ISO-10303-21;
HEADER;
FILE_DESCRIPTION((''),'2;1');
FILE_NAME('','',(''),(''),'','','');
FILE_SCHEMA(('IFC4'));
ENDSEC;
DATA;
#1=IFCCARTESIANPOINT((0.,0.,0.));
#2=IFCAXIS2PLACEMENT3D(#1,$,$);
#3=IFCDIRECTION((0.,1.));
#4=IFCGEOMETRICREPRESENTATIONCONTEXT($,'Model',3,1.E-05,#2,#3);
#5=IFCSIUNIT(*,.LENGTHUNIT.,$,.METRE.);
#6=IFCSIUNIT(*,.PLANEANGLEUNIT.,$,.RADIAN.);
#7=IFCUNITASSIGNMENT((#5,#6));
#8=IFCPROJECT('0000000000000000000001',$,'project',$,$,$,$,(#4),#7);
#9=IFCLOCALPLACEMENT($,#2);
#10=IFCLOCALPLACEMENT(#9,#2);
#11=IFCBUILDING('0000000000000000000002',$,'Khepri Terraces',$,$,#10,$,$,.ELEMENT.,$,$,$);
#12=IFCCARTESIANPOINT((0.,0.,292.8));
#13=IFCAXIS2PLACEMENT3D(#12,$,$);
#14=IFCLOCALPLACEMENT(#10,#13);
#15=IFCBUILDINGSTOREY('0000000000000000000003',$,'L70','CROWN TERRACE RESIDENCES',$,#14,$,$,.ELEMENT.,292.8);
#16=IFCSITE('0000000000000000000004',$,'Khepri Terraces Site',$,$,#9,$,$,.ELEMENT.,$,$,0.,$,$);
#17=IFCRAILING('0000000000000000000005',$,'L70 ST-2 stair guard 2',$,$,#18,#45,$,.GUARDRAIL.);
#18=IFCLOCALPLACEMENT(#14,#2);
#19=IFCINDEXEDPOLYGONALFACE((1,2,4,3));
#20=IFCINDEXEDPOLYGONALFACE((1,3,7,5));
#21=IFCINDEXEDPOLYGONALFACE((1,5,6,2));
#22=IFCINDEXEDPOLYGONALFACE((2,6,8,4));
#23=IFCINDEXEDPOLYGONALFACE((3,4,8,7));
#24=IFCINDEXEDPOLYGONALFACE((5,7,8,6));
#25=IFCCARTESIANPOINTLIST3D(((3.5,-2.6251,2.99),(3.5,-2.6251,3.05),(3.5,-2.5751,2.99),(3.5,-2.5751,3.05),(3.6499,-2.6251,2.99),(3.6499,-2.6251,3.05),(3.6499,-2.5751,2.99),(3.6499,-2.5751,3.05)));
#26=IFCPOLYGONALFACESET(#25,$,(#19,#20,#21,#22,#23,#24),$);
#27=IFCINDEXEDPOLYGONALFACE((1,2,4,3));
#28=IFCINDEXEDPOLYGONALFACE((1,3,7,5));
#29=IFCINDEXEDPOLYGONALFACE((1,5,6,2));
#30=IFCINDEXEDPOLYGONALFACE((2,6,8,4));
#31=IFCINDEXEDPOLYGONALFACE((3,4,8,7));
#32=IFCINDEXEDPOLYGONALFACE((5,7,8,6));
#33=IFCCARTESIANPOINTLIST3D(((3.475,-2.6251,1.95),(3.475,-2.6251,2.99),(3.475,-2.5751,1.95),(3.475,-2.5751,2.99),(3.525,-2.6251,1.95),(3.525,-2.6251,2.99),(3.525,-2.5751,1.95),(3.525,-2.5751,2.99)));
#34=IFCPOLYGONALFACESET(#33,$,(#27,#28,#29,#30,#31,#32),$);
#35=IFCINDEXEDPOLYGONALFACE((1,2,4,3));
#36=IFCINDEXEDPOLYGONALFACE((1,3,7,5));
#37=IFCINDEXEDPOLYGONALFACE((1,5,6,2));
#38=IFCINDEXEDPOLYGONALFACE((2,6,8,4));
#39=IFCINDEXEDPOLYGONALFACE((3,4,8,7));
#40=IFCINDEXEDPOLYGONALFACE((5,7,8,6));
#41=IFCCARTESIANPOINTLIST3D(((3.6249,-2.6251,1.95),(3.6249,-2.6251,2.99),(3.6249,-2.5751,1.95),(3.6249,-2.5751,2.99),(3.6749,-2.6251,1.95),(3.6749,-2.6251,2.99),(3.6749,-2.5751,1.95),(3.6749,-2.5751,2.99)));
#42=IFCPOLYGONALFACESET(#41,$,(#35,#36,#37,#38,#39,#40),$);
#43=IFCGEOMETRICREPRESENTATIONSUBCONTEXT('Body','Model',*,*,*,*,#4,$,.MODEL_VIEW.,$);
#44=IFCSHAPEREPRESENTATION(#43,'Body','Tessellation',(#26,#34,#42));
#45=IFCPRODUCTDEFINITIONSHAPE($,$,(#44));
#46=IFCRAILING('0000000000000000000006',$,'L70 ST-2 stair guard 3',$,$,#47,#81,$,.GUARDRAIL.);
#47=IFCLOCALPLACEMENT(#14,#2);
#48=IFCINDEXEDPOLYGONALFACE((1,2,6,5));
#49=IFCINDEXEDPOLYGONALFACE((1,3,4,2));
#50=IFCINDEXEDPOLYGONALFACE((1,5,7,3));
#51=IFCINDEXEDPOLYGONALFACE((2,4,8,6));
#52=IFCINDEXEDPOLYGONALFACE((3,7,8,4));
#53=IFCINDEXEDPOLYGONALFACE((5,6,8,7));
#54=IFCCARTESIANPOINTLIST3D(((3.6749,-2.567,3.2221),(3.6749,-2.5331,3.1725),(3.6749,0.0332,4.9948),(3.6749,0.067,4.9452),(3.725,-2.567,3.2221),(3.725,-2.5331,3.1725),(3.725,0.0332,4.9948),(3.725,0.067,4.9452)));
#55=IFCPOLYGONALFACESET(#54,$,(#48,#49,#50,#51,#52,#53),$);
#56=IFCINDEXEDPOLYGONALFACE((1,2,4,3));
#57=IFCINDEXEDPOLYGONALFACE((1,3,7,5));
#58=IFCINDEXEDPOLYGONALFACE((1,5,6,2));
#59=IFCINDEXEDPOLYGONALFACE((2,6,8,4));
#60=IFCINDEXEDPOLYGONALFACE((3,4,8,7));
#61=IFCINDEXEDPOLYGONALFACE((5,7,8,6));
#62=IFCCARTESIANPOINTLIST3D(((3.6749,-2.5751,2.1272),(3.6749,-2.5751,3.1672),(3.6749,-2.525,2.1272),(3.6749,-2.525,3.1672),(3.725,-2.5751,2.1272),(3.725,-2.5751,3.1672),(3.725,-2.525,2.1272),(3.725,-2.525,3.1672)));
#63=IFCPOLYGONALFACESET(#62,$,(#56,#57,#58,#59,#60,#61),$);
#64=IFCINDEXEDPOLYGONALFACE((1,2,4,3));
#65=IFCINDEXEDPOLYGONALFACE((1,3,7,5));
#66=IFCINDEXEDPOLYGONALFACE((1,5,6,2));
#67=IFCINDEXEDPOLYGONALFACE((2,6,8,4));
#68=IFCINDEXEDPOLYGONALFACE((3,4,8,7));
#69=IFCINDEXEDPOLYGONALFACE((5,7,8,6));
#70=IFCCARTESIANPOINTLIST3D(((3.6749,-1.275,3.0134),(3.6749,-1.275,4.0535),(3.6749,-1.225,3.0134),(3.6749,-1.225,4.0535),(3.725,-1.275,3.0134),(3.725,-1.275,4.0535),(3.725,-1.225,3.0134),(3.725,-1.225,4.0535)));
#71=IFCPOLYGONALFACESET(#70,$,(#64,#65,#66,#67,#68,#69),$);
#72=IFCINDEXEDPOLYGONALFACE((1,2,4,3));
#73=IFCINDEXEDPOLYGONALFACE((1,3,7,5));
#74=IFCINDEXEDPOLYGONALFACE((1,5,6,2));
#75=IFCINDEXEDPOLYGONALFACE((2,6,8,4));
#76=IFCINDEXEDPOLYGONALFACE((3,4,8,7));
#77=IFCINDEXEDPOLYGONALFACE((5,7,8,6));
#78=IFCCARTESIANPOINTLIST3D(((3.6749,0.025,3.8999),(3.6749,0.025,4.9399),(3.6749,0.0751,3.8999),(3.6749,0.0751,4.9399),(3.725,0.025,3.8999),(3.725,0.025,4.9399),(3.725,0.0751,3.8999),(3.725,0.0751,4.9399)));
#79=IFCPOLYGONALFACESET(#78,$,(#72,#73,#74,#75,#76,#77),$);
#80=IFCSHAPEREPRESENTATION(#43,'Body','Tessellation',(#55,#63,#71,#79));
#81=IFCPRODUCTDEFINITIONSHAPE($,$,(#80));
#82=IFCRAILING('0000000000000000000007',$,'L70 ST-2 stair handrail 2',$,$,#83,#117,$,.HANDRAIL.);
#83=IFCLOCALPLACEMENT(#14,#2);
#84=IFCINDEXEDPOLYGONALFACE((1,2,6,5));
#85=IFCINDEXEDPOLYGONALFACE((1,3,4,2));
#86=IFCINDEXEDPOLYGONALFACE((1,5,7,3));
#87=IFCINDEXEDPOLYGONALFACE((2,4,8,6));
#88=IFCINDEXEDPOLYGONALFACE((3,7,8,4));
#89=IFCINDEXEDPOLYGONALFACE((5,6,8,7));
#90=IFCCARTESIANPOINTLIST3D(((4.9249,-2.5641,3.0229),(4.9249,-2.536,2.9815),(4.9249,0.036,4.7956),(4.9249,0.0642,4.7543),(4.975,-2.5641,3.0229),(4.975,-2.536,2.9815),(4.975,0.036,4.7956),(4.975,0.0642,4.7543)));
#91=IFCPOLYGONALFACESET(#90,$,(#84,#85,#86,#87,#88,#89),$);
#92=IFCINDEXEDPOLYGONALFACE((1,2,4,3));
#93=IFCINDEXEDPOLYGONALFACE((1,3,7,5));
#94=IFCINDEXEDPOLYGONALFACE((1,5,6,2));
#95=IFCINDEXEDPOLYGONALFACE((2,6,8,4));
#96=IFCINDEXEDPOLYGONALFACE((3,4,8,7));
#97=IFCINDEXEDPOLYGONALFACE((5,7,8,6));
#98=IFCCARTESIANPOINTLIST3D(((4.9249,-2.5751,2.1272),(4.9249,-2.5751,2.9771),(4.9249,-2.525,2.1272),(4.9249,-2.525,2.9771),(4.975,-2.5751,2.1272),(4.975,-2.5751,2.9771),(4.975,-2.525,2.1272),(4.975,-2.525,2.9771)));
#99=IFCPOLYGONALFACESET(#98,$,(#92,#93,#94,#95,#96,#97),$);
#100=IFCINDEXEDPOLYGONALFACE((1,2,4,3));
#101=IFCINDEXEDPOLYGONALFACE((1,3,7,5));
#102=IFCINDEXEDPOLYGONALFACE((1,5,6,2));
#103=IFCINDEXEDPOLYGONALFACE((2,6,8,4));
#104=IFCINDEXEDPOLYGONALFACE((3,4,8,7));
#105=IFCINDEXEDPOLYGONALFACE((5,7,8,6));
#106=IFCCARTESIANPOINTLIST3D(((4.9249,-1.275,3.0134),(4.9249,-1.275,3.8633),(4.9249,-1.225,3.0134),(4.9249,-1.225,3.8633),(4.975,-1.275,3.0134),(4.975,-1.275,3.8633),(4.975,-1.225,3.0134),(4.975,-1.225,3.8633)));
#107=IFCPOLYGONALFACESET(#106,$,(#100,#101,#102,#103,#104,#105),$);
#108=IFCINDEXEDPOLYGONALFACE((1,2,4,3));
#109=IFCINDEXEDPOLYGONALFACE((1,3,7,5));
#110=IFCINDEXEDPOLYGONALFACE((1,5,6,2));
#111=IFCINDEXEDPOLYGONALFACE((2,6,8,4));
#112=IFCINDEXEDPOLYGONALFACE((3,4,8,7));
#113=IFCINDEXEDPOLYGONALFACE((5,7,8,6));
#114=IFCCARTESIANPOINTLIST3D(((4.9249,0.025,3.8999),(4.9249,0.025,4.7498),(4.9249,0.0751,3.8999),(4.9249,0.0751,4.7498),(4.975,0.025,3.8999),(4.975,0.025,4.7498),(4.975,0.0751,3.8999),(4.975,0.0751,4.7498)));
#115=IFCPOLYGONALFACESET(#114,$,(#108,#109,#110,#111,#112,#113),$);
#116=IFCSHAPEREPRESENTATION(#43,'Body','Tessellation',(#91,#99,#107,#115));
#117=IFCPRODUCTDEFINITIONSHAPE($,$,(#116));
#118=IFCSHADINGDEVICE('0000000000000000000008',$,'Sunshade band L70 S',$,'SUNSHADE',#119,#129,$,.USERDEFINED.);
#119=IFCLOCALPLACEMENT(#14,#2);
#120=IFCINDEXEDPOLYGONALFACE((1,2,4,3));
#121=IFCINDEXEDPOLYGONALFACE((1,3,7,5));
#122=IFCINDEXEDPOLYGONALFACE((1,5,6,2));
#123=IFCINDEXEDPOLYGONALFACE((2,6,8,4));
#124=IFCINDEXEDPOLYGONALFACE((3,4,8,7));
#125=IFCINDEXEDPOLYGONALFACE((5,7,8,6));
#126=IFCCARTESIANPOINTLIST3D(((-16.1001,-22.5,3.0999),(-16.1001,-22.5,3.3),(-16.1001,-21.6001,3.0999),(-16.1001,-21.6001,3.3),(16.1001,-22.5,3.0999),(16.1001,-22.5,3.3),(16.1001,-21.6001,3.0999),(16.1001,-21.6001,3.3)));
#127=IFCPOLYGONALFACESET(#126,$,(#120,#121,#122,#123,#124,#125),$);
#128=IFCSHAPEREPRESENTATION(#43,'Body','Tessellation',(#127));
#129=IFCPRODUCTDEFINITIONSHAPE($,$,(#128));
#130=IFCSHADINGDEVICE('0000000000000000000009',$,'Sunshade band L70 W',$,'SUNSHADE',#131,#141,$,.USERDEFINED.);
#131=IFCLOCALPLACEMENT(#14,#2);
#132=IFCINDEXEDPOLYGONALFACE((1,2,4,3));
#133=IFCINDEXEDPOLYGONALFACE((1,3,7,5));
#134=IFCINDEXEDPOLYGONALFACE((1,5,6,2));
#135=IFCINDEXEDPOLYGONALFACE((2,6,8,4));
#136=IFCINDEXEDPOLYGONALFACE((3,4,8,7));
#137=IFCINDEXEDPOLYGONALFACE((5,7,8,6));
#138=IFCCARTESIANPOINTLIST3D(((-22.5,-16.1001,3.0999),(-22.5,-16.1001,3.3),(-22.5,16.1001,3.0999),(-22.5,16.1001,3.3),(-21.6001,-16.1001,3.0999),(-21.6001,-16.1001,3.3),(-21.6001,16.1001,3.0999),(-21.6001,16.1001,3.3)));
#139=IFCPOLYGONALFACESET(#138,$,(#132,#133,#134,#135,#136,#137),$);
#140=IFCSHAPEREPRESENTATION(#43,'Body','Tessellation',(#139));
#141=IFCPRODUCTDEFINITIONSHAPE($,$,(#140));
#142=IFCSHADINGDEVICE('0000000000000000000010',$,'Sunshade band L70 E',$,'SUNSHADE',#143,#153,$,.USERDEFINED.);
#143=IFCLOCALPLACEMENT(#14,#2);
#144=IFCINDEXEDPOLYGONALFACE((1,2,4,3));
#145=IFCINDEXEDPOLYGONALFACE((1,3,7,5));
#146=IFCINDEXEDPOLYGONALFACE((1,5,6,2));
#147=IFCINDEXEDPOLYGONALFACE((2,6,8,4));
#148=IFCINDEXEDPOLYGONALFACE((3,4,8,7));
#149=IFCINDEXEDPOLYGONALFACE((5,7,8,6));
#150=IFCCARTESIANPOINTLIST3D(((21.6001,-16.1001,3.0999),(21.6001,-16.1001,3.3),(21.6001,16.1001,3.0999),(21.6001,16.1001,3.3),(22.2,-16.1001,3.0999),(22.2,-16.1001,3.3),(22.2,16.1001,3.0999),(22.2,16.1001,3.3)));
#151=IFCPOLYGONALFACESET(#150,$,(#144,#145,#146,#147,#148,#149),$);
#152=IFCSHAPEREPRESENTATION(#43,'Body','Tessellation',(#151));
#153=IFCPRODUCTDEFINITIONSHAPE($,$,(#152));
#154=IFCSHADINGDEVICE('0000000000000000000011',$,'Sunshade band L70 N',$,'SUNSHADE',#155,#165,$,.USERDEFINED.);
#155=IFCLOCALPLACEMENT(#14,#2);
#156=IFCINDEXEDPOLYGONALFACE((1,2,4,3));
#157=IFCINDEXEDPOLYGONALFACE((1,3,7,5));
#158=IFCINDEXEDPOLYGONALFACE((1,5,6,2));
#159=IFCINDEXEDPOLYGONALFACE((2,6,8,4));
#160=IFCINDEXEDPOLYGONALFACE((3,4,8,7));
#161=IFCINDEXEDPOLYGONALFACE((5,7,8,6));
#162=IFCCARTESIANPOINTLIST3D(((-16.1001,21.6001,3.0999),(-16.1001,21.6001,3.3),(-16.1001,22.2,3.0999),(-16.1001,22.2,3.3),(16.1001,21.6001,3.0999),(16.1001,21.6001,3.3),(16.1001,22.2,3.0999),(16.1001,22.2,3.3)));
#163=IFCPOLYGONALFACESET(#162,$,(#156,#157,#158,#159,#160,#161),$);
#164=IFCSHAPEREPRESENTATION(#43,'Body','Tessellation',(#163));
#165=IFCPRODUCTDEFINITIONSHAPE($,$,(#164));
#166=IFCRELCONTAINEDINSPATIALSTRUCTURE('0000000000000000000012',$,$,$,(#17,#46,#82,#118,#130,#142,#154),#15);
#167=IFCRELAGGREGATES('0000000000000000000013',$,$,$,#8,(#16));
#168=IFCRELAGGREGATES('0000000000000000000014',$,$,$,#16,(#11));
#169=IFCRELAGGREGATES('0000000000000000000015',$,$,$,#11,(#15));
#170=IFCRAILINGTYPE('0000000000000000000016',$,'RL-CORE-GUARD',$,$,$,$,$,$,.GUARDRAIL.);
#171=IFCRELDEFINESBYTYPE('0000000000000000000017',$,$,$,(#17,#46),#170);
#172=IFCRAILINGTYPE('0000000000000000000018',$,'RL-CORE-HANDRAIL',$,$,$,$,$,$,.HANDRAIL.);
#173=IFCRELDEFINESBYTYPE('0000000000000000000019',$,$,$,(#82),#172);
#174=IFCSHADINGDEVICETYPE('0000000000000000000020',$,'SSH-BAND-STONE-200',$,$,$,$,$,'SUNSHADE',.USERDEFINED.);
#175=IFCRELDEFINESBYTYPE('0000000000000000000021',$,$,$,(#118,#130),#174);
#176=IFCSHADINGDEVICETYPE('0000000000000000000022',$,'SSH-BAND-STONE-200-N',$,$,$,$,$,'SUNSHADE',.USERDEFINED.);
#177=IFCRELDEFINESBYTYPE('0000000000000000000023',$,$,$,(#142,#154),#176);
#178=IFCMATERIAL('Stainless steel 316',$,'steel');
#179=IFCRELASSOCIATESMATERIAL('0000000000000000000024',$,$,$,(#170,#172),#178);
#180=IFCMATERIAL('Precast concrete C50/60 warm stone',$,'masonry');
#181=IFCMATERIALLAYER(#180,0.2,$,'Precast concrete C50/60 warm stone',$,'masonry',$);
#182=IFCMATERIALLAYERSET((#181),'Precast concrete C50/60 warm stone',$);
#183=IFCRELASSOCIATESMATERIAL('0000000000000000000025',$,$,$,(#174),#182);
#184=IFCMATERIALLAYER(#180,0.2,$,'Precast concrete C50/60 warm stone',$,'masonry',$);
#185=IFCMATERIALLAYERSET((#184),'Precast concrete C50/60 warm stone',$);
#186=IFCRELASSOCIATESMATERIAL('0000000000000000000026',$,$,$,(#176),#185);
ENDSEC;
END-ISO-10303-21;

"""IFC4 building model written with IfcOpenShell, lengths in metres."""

from ifc_helpers import new_model, si_unit, direction, frame, origin, origin_2d, place, context, subcontext, project, spatial, polyline, rectangle, outline, extrude, material, layer, layer_set, type_object, element, save


model = new_model("IFC4")

# Units and contexts
model_context = context("Model", 3, precision=1e-05, world=origin(), true_north=direction((0.0, 1.0)))
body_context = subcontext(model_context, "Body", "Model", "MODEL_VIEW")
ifc_project = project(units=[si_unit("LENGTHUNIT", "METRE"), si_unit("PLANEANGLEUNIT", "RADIAN")], contexts=[model_context])

# Site, building, storey
site_placement = place(None, origin())
site = spatial("IfcSite", under=ifc_project, at=site_placement, Name="Khepri Terraces Site", CompositionType="ELEMENT", RefElevation=0.0)
building_placement = place(site_placement, origin())
building = spatial("IfcBuilding", under=site, at=building_placement, Name="Khepri Terraces", CompositionType="ELEMENT")
storey_placement = place(building_placement, frame((0.0, 0.0, 292.8)))
storey = spatial("IfcBuildingStorey", under=building, at=storey_placement, Name="L70", Description="CROWN TERRACE RESIDENCES", CompositionType="ELEMENT", Elevation=292.8)

# Railings
ifc_material_1 = material(Name="Stainless steel 316", Category="steel")
railing_type_1 = type_object("IfcRailingType", Name="RL-CORE-GUARD", PredefinedType="GUARDRAIL", material=ifc_material_1)
railing_1_placement = place(storey_placement, frame((3.5, -2.6001, 1.95)))
element("IfcRailing", 1, at=railing_1_placement, inside=storey, type_object=railing_type_1, Name="L70 ST-2 stair guard 2", PredefinedType="GUARDRAIL", context=body_context, shape_type="SweptSolid", body=[
    extrude(rectangle(XDim=0.05, YDim=0.0601, at=origin_2d()), frame((0.0, 0.0, 1.0701), z_axis=(1.0, 0.0, 0.0), x_axis=(0.0, 1.0, 0.0)), (0.0, 0.0, 1.0), 0.1499),
    extrude(rectangle(XDim=0.05, YDim=0.05, at=origin_2d()), origin(), (0.0, 0.0, 1.0), 1.04),
    extrude(rectangle(XDim=0.05, YDim=0.05, at=origin_2d()), frame((0.1499, 0.0, 0.0)), (0.0, 0.0, 1.0), 1.04),
])
railing_2_placement = place(storey_placement, frame((3.7, -2.55, 2.1272)))
element("IfcRailing", 2, at=railing_2_placement, inside=storey, type_object=railing_type_1, Name="L70 ST-2 stair guard 3", PredefinedType="GUARDRAIL", context=body_context, shape_type="SweptSolid", body=[
    extrude(rectangle(XDim=0.05, YDim=0.0601, at=origin_2d()), frame((0.0, 0.0, 1.0701), z_axis=(0.0, 0.82624, 0.563318), x_axis=(-1.0, 0.0, 0.0)), (0.0, 0.0, 1.0), 3.147),
    extrude(rectangle(XDim=0.05, YDim=0.05, at=origin_2d()), origin(), (0.0, 0.0, 1.0), 1.04),
    extrude(rectangle(XDim=0.05, YDim=0.05, at=origin_2d()), frame((0.0, 1.3, 0.8862)), (0.0, 0.0, 1.0), 1.04),
    extrude(rectangle(XDim=0.05, YDim=0.05, at=origin_2d()), frame((0.0, 2.6001, 1.7727)), (0.0, 0.0, 1.0), 1.04),
])
railing_type_2 = type_object("IfcRailingType", Name="RL-CORE-HANDRAIL", PredefinedType="HANDRAIL", material=ifc_material_1)
railing_3_placement = place(storey_placement, frame((4.95, -2.55, 2.1272)))
element("IfcRailing", 3, at=railing_3_placement, inside=storey, type_object=railing_type_2, Name="L70 ST-2 stair handrail 2", PredefinedType="HANDRAIL", context=body_context, shape_type="SweptSolid", body=[
    extrude(rectangle(XDim=0.05, YDim=0.05, at=origin_2d()), frame((0.0, 0.0, 0.875), z_axis=(0.0, 0.82624, 0.563318), x_axis=(-1.0, 0.0, 0.0)), (0.0, 0.0, 1.0), 3.147),
    extrude(rectangle(XDim=0.05, YDim=0.05, at=origin_2d()), origin(), (0.0, 0.0, 1.0), 0.8499),
    extrude(rectangle(XDim=0.05, YDim=0.05, at=origin_2d()), frame((0.0, 1.3, 0.8862)), (0.0, 0.0, 1.0), 0.8499),
    extrude(rectangle(XDim=0.05, YDim=0.05, at=origin_2d()), frame((0.0, 2.6001, 1.7727)), (0.0, 0.0, 1.0), 0.8499),
])

# Shading devices
ifc_material_2 = material(Name="Precast concrete C50/60 warm stone", Category="masonry")
ifc_layer_1 = layer(ifc_material_2, 0.2, Name="Precast concrete C50/60 warm stone", Category="masonry")
ifc_layer_set_1 = layer_set([ifc_layer_1], Name="Precast concrete C50/60 warm stone")
shading_device_type_1 = type_object("IfcShadingDeviceType", Name="SSH-BAND-STONE-200", ElementType="SUNSHADE", PredefinedType="USERDEFINED", material=ifc_layer_set_1)
shading_device_1_placement = place(storey_placement, frame((0.0, 0.0, 3.0999)))
element("IfcShadingDevice", 4, at=shading_device_1_placement, inside=storey, type_object=shading_device_type_1, Name="Sunshade band L70 S", ObjectType="SUNSHADE", PredefinedType="USERDEFINED", context=body_context, shape_type="SweptSolid", body=[
    extrude(outline(polyline([(16.1001, -21.6001), (-16.1001, -21.6001), (-16.1001, -22.5), (16.1001, -22.5), (16.1001, -21.6001)])), origin(), (0.0, 0.0, 1.0), 0.2002),
])
shading_device_2_placement = place(storey_placement, frame((0.0, 0.0, 3.0999)))
element("IfcShadingDevice", 5, at=shading_device_2_placement, inside=storey, type_object=shading_device_type_1, Name="Sunshade band L70 W", ObjectType="SUNSHADE", PredefinedType="USERDEFINED", context=body_context, shape_type="SweptSolid", body=[
    extrude(outline(polyline([(-21.6001, -16.1001), (-21.6001, 16.1001), (-22.5, 16.1001), (-22.5, -16.1001), (-21.6001, -16.1001)])), origin(), (0.0, 0.0, 1.0), 0.2002),
])
ifc_layer_2 = layer(ifc_material_2, 0.2, Name="Precast concrete C50/60 warm stone", Category="masonry")
ifc_layer_set_2 = layer_set([ifc_layer_2], Name="Precast concrete C50/60 warm stone")
shading_device_type_2 = type_object("IfcShadingDeviceType", Name="SSH-BAND-STONE-200-N", ElementType="SUNSHADE", PredefinedType="USERDEFINED", material=ifc_layer_set_2)
shading_device_3_placement = place(storey_placement, frame((0.0, 0.0, 3.0999)))
element("IfcShadingDevice", 6, at=shading_device_3_placement, inside=storey, type_object=shading_device_type_2, Name="Sunshade band L70 E", ObjectType="SUNSHADE", PredefinedType="USERDEFINED", context=body_context, shape_type="SweptSolid", body=[
    extrude(outline(polyline([(21.6001, 16.1001), (21.6001, -16.1001), (22.2, -16.1001), (22.2, 16.1001), (21.6001, 16.1001)])), origin(), (0.0, 0.0, 1.0), 0.2002),
])
shading_device_4_placement = place(storey_placement, frame((0.0, 0.0, 3.0999)))
element("IfcShadingDevice", 7, at=shading_device_4_placement, inside=storey, type_object=shading_device_type_2, Name="Sunshade band L70 N", ObjectType="SUNSHADE", PredefinedType="USERDEFINED", context=body_context, shape_type="SweptSolid", body=[
    extrude(outline(polyline([(-16.1001, 21.6001), (16.1001, 21.6001), (16.1001, 22.2), (-16.1001, 22.2), (-16.1001, 21.6001)])), origin(), (0.0, 0.0, 1.0), 0.2002),
])

save(model, "model.ifc")
